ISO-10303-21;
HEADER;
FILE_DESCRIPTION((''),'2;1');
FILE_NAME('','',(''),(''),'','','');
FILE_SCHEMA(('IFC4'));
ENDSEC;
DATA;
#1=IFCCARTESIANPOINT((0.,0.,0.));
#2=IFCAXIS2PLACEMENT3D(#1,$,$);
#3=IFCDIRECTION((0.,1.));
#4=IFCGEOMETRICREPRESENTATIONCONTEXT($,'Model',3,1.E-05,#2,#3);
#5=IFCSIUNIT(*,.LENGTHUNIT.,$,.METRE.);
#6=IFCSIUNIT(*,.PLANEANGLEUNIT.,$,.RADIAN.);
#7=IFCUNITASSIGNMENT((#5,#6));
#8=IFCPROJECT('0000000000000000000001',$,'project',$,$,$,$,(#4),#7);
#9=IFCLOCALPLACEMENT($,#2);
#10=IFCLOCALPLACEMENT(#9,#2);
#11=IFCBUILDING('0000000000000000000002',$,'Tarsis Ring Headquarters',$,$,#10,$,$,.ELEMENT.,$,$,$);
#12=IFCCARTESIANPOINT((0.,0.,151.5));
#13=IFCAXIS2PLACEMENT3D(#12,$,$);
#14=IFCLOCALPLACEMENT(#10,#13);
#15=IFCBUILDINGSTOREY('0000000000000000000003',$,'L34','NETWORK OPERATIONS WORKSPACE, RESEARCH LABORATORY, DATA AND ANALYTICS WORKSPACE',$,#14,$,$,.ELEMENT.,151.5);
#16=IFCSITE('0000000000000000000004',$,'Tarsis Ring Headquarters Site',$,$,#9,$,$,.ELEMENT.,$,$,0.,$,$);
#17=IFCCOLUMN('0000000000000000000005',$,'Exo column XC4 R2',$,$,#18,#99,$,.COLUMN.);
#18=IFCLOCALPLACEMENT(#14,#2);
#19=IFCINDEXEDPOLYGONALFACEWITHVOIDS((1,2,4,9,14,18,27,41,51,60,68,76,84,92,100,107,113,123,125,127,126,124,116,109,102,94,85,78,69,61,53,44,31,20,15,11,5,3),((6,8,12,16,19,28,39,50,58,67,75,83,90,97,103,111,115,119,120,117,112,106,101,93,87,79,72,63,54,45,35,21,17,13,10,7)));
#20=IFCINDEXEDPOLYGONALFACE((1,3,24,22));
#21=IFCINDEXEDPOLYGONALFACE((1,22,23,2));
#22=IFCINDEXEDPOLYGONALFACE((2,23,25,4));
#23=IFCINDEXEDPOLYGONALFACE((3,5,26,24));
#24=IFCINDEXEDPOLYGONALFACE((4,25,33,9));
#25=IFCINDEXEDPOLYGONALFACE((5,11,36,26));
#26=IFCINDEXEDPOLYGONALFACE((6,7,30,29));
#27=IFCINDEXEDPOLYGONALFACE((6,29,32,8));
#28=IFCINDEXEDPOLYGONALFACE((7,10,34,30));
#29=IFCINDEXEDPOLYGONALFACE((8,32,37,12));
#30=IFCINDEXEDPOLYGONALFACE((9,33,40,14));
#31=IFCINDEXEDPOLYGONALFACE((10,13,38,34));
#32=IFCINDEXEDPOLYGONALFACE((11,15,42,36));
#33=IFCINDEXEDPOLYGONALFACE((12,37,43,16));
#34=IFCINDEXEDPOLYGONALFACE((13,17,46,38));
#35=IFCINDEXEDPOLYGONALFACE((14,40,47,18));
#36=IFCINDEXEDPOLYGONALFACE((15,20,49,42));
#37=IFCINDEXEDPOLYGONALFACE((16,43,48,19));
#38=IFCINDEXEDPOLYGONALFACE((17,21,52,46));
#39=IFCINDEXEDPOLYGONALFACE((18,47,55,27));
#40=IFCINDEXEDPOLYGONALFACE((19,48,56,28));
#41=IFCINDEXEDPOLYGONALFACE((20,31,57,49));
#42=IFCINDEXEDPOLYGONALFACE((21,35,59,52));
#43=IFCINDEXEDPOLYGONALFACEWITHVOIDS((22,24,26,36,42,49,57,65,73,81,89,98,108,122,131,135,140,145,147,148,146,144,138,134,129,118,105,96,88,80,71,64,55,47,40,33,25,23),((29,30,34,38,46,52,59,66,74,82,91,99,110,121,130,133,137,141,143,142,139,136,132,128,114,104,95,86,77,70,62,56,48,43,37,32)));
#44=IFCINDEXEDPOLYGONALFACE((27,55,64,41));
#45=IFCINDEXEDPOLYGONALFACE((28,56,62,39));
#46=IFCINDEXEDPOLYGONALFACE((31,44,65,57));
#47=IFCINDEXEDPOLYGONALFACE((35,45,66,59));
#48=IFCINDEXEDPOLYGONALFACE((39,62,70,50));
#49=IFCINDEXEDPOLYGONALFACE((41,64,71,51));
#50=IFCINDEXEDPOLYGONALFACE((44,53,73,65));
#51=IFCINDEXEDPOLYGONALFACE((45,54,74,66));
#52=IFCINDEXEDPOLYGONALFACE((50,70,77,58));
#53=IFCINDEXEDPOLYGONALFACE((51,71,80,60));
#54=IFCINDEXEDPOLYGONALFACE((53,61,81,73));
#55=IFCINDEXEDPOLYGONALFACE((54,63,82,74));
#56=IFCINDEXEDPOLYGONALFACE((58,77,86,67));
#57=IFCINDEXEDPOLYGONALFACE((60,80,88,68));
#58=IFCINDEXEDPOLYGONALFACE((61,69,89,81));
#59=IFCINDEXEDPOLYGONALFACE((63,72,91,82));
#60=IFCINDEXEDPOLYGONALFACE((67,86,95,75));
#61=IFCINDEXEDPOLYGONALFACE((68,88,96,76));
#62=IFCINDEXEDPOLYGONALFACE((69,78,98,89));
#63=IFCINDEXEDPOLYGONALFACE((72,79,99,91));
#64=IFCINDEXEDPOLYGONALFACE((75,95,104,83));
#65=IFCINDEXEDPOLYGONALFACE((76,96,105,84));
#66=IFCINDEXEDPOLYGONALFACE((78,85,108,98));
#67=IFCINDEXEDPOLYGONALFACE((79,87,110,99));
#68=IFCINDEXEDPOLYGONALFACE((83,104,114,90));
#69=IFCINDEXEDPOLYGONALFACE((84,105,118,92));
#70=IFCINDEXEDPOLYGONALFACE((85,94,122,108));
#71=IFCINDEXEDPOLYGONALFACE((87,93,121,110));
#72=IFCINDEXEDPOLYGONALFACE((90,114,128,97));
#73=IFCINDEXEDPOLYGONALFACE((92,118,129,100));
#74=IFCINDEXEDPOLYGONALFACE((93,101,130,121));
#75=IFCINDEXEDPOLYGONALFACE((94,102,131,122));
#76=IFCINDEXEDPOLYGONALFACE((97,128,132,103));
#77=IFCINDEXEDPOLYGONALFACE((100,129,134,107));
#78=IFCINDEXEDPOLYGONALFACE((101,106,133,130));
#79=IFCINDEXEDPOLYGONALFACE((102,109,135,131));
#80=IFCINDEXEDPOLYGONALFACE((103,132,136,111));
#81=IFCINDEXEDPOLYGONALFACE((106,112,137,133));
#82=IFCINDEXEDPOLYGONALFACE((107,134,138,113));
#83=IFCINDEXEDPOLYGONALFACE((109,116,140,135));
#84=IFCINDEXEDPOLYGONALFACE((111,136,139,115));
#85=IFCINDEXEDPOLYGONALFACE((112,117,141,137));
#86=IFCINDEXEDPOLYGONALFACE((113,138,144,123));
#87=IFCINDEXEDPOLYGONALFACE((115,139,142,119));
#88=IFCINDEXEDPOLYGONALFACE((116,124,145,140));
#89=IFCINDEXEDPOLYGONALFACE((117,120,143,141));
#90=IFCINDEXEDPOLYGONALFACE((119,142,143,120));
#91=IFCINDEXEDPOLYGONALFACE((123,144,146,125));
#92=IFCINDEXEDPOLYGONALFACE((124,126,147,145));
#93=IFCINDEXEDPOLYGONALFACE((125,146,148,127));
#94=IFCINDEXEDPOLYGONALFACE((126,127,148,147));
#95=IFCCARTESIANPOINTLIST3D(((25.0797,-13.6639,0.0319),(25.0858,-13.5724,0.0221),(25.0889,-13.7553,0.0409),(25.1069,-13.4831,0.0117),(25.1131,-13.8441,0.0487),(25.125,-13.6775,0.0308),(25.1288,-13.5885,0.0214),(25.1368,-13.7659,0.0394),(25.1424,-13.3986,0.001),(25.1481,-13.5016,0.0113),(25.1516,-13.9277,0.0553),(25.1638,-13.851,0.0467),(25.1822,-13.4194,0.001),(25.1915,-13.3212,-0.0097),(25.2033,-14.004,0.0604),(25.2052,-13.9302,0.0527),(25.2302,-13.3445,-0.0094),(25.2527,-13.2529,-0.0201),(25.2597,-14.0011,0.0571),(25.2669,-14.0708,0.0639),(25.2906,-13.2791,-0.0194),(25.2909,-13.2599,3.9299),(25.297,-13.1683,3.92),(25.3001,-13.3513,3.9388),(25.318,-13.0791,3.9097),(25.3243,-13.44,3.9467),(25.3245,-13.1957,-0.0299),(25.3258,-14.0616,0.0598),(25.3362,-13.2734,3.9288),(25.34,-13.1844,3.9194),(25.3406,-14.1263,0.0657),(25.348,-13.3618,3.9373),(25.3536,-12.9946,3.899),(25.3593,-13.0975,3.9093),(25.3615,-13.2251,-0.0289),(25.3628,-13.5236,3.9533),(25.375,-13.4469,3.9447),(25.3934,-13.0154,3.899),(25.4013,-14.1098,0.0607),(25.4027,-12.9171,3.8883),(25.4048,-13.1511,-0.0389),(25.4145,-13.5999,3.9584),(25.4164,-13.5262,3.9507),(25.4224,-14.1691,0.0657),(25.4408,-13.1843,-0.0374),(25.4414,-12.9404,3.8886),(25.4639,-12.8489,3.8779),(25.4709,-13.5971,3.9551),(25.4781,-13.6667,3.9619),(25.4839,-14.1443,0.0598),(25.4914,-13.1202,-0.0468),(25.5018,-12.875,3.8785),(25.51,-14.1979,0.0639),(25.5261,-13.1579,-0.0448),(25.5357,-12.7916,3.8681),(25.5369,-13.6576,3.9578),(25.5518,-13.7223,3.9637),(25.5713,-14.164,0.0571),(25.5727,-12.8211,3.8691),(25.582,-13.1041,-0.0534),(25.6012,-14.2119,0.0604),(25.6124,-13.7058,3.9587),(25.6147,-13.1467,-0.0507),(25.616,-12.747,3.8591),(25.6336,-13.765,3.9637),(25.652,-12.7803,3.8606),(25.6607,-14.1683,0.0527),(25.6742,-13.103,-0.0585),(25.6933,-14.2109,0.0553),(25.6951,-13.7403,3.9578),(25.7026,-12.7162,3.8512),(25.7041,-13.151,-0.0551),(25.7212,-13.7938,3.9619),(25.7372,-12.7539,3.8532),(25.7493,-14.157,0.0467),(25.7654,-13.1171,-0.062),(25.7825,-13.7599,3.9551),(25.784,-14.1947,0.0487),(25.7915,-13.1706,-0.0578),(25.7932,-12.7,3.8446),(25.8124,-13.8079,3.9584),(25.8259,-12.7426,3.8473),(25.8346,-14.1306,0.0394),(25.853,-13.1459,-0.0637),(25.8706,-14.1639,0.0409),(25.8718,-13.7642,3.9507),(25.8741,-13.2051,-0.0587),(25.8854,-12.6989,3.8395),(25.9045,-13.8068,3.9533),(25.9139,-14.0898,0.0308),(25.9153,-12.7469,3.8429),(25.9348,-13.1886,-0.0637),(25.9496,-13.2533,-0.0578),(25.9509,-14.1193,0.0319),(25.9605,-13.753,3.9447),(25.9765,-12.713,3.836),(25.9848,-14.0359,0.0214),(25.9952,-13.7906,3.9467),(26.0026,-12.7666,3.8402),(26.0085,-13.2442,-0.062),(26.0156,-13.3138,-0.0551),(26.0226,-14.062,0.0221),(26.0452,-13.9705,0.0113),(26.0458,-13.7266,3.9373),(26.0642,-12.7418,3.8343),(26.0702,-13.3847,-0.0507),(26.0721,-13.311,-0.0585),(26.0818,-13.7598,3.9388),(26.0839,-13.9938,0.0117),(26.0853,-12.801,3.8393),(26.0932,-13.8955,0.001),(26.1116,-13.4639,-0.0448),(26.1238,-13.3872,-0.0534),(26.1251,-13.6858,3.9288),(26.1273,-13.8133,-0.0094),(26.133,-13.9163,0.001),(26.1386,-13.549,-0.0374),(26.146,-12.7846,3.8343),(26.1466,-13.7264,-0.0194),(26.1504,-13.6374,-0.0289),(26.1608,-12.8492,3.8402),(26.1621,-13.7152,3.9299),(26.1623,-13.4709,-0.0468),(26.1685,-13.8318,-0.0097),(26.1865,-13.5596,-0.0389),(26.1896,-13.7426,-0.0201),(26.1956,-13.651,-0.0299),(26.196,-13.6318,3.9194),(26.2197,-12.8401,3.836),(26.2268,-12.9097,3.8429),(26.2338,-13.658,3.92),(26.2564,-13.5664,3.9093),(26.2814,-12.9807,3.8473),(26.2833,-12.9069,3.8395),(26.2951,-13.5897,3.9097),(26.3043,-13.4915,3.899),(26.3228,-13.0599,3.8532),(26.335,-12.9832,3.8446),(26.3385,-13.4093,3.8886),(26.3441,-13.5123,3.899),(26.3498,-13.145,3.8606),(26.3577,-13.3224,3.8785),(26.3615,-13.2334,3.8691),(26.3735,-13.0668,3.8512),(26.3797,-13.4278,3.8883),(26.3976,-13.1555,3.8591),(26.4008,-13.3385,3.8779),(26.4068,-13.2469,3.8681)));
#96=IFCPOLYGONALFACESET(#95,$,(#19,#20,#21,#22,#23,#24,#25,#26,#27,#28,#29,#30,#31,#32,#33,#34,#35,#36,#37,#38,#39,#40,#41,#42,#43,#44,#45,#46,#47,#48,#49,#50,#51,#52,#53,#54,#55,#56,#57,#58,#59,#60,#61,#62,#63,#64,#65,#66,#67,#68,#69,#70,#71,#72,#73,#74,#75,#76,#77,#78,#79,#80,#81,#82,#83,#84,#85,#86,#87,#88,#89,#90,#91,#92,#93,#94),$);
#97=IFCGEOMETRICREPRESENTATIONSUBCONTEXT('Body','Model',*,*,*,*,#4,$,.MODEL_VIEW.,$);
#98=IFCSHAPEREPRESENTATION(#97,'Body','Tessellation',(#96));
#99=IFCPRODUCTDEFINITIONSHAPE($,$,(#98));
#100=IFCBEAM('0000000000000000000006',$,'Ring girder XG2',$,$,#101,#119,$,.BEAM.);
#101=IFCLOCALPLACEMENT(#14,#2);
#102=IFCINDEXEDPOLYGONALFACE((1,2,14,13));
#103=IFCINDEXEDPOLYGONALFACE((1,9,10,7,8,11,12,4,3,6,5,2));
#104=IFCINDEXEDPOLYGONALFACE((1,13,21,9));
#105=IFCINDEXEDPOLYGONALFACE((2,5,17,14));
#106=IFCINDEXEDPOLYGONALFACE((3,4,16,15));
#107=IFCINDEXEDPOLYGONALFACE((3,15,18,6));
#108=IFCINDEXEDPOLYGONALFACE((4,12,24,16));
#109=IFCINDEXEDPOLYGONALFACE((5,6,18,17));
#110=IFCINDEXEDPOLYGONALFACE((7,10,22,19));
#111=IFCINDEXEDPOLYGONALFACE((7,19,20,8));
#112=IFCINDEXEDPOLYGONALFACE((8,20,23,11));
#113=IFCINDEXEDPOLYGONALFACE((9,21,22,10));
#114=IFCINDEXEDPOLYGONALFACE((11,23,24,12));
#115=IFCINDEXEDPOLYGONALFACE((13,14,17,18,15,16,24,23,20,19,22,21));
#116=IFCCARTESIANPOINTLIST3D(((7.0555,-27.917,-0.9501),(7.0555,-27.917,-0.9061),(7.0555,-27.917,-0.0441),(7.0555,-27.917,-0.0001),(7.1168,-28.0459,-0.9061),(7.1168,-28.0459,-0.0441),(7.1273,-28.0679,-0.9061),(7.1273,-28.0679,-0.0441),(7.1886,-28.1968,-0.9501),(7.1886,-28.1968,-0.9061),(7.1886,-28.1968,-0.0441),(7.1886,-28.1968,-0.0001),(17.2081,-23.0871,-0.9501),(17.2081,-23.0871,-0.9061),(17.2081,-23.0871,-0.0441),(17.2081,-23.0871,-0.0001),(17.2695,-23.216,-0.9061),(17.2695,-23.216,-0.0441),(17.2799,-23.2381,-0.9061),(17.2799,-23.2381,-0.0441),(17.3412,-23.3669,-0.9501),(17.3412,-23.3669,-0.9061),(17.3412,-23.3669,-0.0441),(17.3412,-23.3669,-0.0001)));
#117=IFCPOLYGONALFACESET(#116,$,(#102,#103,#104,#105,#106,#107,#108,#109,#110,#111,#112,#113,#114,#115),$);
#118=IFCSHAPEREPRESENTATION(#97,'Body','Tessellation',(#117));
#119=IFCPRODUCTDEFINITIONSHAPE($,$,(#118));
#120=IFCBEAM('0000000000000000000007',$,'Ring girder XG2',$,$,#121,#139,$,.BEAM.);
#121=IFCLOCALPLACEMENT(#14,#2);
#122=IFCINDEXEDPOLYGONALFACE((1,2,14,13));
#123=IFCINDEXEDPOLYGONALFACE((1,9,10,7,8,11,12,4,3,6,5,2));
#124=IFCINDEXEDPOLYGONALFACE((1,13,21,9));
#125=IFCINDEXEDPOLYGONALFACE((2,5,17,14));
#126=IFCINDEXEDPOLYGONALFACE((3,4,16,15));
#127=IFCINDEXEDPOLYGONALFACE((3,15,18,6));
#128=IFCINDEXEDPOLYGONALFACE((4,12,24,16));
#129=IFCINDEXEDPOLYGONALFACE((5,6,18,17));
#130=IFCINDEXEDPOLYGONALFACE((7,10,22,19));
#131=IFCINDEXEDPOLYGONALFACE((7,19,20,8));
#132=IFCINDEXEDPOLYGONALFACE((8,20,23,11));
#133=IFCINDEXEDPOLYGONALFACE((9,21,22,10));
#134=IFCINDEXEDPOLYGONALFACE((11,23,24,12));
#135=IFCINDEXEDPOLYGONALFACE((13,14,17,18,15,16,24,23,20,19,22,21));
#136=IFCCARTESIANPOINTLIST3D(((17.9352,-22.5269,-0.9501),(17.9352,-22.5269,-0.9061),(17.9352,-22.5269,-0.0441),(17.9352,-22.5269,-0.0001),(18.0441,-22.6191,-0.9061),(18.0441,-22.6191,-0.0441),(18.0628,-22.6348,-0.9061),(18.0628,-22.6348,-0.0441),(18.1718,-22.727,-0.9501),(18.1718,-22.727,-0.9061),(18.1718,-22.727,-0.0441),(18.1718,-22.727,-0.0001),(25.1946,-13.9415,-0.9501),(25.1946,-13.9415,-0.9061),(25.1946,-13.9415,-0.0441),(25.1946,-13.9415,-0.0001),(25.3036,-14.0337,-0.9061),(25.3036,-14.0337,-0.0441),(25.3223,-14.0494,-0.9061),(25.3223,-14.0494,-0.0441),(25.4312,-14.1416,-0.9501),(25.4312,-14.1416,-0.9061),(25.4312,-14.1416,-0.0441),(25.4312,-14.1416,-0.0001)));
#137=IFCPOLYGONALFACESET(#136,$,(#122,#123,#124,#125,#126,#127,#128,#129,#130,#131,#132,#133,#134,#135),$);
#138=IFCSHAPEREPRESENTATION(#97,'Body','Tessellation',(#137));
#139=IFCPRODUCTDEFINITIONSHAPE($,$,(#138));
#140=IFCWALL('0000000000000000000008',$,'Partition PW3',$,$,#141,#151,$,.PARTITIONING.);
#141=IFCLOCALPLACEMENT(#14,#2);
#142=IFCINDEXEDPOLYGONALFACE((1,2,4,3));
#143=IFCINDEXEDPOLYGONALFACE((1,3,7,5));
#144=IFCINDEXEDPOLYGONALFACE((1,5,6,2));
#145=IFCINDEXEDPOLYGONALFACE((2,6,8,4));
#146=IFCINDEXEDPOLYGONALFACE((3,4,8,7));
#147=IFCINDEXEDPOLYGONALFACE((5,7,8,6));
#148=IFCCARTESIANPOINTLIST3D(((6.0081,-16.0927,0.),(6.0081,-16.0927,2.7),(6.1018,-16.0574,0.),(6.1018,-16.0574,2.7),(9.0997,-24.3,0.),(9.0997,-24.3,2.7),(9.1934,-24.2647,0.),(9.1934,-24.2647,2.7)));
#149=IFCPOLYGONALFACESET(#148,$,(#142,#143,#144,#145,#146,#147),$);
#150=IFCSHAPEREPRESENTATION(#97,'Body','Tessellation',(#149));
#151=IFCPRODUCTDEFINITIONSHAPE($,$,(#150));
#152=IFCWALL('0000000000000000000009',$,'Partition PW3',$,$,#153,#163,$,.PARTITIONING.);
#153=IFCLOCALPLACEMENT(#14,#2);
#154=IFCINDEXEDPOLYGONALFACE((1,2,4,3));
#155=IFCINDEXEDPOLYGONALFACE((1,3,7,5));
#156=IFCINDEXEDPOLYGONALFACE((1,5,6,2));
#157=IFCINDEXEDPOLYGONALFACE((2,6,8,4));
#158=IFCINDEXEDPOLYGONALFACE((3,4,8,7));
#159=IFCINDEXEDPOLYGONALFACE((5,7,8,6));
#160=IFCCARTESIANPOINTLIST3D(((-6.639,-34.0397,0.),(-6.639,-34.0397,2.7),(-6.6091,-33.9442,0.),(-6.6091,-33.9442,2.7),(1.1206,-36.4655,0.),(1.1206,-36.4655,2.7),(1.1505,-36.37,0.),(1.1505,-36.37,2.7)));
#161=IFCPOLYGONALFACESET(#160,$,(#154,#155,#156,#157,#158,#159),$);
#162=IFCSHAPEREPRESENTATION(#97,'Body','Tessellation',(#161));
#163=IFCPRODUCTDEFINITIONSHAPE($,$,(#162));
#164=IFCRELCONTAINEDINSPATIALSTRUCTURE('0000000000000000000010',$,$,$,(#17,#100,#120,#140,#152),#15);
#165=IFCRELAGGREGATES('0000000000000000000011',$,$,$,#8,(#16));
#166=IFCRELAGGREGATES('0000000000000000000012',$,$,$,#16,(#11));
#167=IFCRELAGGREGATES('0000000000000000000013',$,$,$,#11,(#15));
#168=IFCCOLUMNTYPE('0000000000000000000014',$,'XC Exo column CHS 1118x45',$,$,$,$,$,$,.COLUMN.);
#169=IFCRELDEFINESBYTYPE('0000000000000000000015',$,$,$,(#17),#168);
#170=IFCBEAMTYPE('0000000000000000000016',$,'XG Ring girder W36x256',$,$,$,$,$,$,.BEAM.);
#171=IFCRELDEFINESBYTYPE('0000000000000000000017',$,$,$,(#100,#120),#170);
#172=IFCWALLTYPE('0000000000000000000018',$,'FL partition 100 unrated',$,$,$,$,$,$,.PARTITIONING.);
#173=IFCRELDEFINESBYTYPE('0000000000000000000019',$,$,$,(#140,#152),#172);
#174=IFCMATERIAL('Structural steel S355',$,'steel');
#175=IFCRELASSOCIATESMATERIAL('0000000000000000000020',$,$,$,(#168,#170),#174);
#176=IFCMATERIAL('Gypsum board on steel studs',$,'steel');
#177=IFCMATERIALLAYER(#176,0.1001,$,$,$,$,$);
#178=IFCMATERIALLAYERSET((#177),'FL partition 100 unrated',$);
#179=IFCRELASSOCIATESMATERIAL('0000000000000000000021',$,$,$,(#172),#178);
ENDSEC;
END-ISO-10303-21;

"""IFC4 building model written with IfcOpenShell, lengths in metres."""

from ifc_helpers import new_model, si_unit, direction, frame, frame_2d, origin, origin_2d, place, context, subcontext, project, spatial, rectangle, hollow_circle, i_section, extrude, material, layer, layer_set, material_profile, profile_set, type_object, element, save


model = new_model("IFC4")

# Units and contexts
model_context = context("Model", 3, precision=1e-05, world=origin(), true_north=direction((0.0, 1.0)))
body_context = subcontext(model_context, "Body", "Model", "MODEL_VIEW")
ifc_project = project(units=[si_unit("LENGTHUNIT", "METRE"), si_unit("PLANEANGLEUNIT", "RADIAN")], contexts=[model_context])

# Site, building, storey
site_placement = place(None, origin())
site = spatial("IfcSite", under=ifc_project, at=site_placement, Name="Tarsis Ring Headquarters Site", CompositionType="ELEMENT", RefElevation=0.0)
building_placement = place(site_placement, origin())
building = spatial("IfcBuilding", under=site, at=building_placement, Name="Tarsis Ring Headquarters", CompositionType="ELEMENT")
storey_placement = place(building_placement, frame((0.0, 0.0, 151.5)))
storey = spatial("IfcBuildingStorey", under=building, at=storey_placement, Name="L34", Description="NETWORK OPERATIONS WORKSPACE, RESEARCH LABORATORY, DATA AND ANALYTICS WORKSPACE", CompositionType="ELEMENT", Elevation=151.5)

# Column
ifc_material_1 = material(Name="Structural steel S355", Category="steel")
ifc_material_profile_1 = material_profile(ifc_material_1, hollow_circle(Radius=0.5588, WallThickness=0.0449, at=origin_2d()), Name="CHS 1118x45")
ifc_profile_set_1 = profile_set([ifc_material_profile_1], Name="Structural steel S355")
column_type = type_object("IfcColumnType", Name="XC Exo column CHS 1118x45", PredefinedType="COLUMN", material=ifc_profile_set_1)
for number, where, z_axis, x_axis, name in (
    (1, (25.6377, -13.6575, 0.001), (0.053811, 0.102956, 0.993229), (-0.88625, 0.463206, 0.0), "Exo column XC4 R2"),
):
    element("IfcColumn", number, at=place(storey_placement, frame(where, z_axis=z_axis, x_axis=x_axis)), inside=storey, type_object=column_type, Name=name, PredefinedType="COLUMN", context=body_context, shape_type="SweptSolid", body=[
        extrude(hollow_circle(Radius=0.5588, WallThickness=0.0449, at=origin_2d()), origin(), (0.0, 0.0, 1.0), 3.9246),
    ])

# Beams
ifc_material_profile_2 = material_profile(ifc_material_1, i_section(OverallWidth=0.3098, OverallDepth=0.95, WebThickness=0.0244, FlangeThickness=0.0439, at=origin_2d()), Name="W36x256")
ifc_profile_set_2 = profile_set([ifc_material_profile_2], Name="Structural steel S355")
beam_type = type_object("IfcBeamType", Name="XG Ring girder W36x256", PredefinedType="BEAM", material=ifc_profile_set_2)
beam_1_placement = place(storey_placement, frame((7.1221, -28.0569, -0.4751), z_axis=(0.903024, 0.42959, 0.0), x_axis=(-0.42959, 0.903024, 0.0)))
element("IfcBeam", 2, at=beam_1_placement, inside=storey, type_object=beam_type, Name="Ring girder XG2", PredefinedType="BEAM", context=body_context, shape_type="SweptSolid", body=[
    extrude(i_section(OverallWidth=0.3098, OverallDepth=0.95, WebThickness=0.0244, FlangeThickness=0.0439, at=origin_2d()), origin(), (0.0, 0.0, 1.0), 11.2429),
])
beam_2_placement = place(storey_placement, frame((18.0535, -22.627, -0.4751), z_axis=(0.645678, 0.763609, 0.0), x_axis=(-0.763609, 0.645678, 0.0)))
element("IfcBeam", 3, at=beam_2_placement, inside=storey, type_object=beam_type, Name="Ring girder XG2", PredefinedType="BEAM", context=body_context, shape_type="SweptSolid", body=[
    extrude(i_section(OverallWidth=0.3098, OverallDepth=0.95, WebThickness=0.0244, FlangeThickness=0.0439, at=origin_2d()), origin(), (0.0, 0.0, 1.0), 11.2432),
])

# Walls
ifc_material_2 = material(Name="Gypsum board on steel studs", Category="steel")
ifc_layer_1 = layer(ifc_material_2, 0.1001)
ifc_layer_set_1 = layer_set([ifc_layer_1], Name="FL partition 100 unrated")
wall_type_1 = type_object("IfcWallType", Name="FL partition 100 unrated", PredefinedType="PARTITIONING", material=ifc_layer_set_1)
wall_1_placement = place(storey_placement, frame((6.0549, -16.075, 0.0), z_axis=(0.0, 0.0, 1.0), x_axis=(0.352505, -0.93581, 0.0)))
element("IfcWall", 4, at=wall_1_placement, inside=storey, type_object=wall_type_1, Name="Partition PW3", PredefinedType="PARTITIONING", context=body_context, shape_type="SweptSolid", body=[
    extrude(rectangle(XDim=8.7703, YDim=0.1001, at=frame_2d((4.3853, 0.0))), origin(), (0.0, 0.0, 1.0), 2.7),
])
wall_2_placement = place(storey_placement, frame((-6.624, -33.9919, 0.0), z_axis=(0.0, 0.0, 1.0), x_axis=(0.954447, -0.298379, 0.0)))
element("IfcWall", 5, at=wall_2_placement, inside=storey, type_object=wall_type_1, Name="Partition PW3", PredefinedType="PARTITIONING", context=body_context, shape_type="SweptSolid", body=[
    extrude(rectangle(XDim=8.1299, YDim=0.1001, at=frame_2d((4.0649, 0.0))), origin(), (0.0, 0.0, 1.0), 2.7),
])

save(model, "model.ifc")
